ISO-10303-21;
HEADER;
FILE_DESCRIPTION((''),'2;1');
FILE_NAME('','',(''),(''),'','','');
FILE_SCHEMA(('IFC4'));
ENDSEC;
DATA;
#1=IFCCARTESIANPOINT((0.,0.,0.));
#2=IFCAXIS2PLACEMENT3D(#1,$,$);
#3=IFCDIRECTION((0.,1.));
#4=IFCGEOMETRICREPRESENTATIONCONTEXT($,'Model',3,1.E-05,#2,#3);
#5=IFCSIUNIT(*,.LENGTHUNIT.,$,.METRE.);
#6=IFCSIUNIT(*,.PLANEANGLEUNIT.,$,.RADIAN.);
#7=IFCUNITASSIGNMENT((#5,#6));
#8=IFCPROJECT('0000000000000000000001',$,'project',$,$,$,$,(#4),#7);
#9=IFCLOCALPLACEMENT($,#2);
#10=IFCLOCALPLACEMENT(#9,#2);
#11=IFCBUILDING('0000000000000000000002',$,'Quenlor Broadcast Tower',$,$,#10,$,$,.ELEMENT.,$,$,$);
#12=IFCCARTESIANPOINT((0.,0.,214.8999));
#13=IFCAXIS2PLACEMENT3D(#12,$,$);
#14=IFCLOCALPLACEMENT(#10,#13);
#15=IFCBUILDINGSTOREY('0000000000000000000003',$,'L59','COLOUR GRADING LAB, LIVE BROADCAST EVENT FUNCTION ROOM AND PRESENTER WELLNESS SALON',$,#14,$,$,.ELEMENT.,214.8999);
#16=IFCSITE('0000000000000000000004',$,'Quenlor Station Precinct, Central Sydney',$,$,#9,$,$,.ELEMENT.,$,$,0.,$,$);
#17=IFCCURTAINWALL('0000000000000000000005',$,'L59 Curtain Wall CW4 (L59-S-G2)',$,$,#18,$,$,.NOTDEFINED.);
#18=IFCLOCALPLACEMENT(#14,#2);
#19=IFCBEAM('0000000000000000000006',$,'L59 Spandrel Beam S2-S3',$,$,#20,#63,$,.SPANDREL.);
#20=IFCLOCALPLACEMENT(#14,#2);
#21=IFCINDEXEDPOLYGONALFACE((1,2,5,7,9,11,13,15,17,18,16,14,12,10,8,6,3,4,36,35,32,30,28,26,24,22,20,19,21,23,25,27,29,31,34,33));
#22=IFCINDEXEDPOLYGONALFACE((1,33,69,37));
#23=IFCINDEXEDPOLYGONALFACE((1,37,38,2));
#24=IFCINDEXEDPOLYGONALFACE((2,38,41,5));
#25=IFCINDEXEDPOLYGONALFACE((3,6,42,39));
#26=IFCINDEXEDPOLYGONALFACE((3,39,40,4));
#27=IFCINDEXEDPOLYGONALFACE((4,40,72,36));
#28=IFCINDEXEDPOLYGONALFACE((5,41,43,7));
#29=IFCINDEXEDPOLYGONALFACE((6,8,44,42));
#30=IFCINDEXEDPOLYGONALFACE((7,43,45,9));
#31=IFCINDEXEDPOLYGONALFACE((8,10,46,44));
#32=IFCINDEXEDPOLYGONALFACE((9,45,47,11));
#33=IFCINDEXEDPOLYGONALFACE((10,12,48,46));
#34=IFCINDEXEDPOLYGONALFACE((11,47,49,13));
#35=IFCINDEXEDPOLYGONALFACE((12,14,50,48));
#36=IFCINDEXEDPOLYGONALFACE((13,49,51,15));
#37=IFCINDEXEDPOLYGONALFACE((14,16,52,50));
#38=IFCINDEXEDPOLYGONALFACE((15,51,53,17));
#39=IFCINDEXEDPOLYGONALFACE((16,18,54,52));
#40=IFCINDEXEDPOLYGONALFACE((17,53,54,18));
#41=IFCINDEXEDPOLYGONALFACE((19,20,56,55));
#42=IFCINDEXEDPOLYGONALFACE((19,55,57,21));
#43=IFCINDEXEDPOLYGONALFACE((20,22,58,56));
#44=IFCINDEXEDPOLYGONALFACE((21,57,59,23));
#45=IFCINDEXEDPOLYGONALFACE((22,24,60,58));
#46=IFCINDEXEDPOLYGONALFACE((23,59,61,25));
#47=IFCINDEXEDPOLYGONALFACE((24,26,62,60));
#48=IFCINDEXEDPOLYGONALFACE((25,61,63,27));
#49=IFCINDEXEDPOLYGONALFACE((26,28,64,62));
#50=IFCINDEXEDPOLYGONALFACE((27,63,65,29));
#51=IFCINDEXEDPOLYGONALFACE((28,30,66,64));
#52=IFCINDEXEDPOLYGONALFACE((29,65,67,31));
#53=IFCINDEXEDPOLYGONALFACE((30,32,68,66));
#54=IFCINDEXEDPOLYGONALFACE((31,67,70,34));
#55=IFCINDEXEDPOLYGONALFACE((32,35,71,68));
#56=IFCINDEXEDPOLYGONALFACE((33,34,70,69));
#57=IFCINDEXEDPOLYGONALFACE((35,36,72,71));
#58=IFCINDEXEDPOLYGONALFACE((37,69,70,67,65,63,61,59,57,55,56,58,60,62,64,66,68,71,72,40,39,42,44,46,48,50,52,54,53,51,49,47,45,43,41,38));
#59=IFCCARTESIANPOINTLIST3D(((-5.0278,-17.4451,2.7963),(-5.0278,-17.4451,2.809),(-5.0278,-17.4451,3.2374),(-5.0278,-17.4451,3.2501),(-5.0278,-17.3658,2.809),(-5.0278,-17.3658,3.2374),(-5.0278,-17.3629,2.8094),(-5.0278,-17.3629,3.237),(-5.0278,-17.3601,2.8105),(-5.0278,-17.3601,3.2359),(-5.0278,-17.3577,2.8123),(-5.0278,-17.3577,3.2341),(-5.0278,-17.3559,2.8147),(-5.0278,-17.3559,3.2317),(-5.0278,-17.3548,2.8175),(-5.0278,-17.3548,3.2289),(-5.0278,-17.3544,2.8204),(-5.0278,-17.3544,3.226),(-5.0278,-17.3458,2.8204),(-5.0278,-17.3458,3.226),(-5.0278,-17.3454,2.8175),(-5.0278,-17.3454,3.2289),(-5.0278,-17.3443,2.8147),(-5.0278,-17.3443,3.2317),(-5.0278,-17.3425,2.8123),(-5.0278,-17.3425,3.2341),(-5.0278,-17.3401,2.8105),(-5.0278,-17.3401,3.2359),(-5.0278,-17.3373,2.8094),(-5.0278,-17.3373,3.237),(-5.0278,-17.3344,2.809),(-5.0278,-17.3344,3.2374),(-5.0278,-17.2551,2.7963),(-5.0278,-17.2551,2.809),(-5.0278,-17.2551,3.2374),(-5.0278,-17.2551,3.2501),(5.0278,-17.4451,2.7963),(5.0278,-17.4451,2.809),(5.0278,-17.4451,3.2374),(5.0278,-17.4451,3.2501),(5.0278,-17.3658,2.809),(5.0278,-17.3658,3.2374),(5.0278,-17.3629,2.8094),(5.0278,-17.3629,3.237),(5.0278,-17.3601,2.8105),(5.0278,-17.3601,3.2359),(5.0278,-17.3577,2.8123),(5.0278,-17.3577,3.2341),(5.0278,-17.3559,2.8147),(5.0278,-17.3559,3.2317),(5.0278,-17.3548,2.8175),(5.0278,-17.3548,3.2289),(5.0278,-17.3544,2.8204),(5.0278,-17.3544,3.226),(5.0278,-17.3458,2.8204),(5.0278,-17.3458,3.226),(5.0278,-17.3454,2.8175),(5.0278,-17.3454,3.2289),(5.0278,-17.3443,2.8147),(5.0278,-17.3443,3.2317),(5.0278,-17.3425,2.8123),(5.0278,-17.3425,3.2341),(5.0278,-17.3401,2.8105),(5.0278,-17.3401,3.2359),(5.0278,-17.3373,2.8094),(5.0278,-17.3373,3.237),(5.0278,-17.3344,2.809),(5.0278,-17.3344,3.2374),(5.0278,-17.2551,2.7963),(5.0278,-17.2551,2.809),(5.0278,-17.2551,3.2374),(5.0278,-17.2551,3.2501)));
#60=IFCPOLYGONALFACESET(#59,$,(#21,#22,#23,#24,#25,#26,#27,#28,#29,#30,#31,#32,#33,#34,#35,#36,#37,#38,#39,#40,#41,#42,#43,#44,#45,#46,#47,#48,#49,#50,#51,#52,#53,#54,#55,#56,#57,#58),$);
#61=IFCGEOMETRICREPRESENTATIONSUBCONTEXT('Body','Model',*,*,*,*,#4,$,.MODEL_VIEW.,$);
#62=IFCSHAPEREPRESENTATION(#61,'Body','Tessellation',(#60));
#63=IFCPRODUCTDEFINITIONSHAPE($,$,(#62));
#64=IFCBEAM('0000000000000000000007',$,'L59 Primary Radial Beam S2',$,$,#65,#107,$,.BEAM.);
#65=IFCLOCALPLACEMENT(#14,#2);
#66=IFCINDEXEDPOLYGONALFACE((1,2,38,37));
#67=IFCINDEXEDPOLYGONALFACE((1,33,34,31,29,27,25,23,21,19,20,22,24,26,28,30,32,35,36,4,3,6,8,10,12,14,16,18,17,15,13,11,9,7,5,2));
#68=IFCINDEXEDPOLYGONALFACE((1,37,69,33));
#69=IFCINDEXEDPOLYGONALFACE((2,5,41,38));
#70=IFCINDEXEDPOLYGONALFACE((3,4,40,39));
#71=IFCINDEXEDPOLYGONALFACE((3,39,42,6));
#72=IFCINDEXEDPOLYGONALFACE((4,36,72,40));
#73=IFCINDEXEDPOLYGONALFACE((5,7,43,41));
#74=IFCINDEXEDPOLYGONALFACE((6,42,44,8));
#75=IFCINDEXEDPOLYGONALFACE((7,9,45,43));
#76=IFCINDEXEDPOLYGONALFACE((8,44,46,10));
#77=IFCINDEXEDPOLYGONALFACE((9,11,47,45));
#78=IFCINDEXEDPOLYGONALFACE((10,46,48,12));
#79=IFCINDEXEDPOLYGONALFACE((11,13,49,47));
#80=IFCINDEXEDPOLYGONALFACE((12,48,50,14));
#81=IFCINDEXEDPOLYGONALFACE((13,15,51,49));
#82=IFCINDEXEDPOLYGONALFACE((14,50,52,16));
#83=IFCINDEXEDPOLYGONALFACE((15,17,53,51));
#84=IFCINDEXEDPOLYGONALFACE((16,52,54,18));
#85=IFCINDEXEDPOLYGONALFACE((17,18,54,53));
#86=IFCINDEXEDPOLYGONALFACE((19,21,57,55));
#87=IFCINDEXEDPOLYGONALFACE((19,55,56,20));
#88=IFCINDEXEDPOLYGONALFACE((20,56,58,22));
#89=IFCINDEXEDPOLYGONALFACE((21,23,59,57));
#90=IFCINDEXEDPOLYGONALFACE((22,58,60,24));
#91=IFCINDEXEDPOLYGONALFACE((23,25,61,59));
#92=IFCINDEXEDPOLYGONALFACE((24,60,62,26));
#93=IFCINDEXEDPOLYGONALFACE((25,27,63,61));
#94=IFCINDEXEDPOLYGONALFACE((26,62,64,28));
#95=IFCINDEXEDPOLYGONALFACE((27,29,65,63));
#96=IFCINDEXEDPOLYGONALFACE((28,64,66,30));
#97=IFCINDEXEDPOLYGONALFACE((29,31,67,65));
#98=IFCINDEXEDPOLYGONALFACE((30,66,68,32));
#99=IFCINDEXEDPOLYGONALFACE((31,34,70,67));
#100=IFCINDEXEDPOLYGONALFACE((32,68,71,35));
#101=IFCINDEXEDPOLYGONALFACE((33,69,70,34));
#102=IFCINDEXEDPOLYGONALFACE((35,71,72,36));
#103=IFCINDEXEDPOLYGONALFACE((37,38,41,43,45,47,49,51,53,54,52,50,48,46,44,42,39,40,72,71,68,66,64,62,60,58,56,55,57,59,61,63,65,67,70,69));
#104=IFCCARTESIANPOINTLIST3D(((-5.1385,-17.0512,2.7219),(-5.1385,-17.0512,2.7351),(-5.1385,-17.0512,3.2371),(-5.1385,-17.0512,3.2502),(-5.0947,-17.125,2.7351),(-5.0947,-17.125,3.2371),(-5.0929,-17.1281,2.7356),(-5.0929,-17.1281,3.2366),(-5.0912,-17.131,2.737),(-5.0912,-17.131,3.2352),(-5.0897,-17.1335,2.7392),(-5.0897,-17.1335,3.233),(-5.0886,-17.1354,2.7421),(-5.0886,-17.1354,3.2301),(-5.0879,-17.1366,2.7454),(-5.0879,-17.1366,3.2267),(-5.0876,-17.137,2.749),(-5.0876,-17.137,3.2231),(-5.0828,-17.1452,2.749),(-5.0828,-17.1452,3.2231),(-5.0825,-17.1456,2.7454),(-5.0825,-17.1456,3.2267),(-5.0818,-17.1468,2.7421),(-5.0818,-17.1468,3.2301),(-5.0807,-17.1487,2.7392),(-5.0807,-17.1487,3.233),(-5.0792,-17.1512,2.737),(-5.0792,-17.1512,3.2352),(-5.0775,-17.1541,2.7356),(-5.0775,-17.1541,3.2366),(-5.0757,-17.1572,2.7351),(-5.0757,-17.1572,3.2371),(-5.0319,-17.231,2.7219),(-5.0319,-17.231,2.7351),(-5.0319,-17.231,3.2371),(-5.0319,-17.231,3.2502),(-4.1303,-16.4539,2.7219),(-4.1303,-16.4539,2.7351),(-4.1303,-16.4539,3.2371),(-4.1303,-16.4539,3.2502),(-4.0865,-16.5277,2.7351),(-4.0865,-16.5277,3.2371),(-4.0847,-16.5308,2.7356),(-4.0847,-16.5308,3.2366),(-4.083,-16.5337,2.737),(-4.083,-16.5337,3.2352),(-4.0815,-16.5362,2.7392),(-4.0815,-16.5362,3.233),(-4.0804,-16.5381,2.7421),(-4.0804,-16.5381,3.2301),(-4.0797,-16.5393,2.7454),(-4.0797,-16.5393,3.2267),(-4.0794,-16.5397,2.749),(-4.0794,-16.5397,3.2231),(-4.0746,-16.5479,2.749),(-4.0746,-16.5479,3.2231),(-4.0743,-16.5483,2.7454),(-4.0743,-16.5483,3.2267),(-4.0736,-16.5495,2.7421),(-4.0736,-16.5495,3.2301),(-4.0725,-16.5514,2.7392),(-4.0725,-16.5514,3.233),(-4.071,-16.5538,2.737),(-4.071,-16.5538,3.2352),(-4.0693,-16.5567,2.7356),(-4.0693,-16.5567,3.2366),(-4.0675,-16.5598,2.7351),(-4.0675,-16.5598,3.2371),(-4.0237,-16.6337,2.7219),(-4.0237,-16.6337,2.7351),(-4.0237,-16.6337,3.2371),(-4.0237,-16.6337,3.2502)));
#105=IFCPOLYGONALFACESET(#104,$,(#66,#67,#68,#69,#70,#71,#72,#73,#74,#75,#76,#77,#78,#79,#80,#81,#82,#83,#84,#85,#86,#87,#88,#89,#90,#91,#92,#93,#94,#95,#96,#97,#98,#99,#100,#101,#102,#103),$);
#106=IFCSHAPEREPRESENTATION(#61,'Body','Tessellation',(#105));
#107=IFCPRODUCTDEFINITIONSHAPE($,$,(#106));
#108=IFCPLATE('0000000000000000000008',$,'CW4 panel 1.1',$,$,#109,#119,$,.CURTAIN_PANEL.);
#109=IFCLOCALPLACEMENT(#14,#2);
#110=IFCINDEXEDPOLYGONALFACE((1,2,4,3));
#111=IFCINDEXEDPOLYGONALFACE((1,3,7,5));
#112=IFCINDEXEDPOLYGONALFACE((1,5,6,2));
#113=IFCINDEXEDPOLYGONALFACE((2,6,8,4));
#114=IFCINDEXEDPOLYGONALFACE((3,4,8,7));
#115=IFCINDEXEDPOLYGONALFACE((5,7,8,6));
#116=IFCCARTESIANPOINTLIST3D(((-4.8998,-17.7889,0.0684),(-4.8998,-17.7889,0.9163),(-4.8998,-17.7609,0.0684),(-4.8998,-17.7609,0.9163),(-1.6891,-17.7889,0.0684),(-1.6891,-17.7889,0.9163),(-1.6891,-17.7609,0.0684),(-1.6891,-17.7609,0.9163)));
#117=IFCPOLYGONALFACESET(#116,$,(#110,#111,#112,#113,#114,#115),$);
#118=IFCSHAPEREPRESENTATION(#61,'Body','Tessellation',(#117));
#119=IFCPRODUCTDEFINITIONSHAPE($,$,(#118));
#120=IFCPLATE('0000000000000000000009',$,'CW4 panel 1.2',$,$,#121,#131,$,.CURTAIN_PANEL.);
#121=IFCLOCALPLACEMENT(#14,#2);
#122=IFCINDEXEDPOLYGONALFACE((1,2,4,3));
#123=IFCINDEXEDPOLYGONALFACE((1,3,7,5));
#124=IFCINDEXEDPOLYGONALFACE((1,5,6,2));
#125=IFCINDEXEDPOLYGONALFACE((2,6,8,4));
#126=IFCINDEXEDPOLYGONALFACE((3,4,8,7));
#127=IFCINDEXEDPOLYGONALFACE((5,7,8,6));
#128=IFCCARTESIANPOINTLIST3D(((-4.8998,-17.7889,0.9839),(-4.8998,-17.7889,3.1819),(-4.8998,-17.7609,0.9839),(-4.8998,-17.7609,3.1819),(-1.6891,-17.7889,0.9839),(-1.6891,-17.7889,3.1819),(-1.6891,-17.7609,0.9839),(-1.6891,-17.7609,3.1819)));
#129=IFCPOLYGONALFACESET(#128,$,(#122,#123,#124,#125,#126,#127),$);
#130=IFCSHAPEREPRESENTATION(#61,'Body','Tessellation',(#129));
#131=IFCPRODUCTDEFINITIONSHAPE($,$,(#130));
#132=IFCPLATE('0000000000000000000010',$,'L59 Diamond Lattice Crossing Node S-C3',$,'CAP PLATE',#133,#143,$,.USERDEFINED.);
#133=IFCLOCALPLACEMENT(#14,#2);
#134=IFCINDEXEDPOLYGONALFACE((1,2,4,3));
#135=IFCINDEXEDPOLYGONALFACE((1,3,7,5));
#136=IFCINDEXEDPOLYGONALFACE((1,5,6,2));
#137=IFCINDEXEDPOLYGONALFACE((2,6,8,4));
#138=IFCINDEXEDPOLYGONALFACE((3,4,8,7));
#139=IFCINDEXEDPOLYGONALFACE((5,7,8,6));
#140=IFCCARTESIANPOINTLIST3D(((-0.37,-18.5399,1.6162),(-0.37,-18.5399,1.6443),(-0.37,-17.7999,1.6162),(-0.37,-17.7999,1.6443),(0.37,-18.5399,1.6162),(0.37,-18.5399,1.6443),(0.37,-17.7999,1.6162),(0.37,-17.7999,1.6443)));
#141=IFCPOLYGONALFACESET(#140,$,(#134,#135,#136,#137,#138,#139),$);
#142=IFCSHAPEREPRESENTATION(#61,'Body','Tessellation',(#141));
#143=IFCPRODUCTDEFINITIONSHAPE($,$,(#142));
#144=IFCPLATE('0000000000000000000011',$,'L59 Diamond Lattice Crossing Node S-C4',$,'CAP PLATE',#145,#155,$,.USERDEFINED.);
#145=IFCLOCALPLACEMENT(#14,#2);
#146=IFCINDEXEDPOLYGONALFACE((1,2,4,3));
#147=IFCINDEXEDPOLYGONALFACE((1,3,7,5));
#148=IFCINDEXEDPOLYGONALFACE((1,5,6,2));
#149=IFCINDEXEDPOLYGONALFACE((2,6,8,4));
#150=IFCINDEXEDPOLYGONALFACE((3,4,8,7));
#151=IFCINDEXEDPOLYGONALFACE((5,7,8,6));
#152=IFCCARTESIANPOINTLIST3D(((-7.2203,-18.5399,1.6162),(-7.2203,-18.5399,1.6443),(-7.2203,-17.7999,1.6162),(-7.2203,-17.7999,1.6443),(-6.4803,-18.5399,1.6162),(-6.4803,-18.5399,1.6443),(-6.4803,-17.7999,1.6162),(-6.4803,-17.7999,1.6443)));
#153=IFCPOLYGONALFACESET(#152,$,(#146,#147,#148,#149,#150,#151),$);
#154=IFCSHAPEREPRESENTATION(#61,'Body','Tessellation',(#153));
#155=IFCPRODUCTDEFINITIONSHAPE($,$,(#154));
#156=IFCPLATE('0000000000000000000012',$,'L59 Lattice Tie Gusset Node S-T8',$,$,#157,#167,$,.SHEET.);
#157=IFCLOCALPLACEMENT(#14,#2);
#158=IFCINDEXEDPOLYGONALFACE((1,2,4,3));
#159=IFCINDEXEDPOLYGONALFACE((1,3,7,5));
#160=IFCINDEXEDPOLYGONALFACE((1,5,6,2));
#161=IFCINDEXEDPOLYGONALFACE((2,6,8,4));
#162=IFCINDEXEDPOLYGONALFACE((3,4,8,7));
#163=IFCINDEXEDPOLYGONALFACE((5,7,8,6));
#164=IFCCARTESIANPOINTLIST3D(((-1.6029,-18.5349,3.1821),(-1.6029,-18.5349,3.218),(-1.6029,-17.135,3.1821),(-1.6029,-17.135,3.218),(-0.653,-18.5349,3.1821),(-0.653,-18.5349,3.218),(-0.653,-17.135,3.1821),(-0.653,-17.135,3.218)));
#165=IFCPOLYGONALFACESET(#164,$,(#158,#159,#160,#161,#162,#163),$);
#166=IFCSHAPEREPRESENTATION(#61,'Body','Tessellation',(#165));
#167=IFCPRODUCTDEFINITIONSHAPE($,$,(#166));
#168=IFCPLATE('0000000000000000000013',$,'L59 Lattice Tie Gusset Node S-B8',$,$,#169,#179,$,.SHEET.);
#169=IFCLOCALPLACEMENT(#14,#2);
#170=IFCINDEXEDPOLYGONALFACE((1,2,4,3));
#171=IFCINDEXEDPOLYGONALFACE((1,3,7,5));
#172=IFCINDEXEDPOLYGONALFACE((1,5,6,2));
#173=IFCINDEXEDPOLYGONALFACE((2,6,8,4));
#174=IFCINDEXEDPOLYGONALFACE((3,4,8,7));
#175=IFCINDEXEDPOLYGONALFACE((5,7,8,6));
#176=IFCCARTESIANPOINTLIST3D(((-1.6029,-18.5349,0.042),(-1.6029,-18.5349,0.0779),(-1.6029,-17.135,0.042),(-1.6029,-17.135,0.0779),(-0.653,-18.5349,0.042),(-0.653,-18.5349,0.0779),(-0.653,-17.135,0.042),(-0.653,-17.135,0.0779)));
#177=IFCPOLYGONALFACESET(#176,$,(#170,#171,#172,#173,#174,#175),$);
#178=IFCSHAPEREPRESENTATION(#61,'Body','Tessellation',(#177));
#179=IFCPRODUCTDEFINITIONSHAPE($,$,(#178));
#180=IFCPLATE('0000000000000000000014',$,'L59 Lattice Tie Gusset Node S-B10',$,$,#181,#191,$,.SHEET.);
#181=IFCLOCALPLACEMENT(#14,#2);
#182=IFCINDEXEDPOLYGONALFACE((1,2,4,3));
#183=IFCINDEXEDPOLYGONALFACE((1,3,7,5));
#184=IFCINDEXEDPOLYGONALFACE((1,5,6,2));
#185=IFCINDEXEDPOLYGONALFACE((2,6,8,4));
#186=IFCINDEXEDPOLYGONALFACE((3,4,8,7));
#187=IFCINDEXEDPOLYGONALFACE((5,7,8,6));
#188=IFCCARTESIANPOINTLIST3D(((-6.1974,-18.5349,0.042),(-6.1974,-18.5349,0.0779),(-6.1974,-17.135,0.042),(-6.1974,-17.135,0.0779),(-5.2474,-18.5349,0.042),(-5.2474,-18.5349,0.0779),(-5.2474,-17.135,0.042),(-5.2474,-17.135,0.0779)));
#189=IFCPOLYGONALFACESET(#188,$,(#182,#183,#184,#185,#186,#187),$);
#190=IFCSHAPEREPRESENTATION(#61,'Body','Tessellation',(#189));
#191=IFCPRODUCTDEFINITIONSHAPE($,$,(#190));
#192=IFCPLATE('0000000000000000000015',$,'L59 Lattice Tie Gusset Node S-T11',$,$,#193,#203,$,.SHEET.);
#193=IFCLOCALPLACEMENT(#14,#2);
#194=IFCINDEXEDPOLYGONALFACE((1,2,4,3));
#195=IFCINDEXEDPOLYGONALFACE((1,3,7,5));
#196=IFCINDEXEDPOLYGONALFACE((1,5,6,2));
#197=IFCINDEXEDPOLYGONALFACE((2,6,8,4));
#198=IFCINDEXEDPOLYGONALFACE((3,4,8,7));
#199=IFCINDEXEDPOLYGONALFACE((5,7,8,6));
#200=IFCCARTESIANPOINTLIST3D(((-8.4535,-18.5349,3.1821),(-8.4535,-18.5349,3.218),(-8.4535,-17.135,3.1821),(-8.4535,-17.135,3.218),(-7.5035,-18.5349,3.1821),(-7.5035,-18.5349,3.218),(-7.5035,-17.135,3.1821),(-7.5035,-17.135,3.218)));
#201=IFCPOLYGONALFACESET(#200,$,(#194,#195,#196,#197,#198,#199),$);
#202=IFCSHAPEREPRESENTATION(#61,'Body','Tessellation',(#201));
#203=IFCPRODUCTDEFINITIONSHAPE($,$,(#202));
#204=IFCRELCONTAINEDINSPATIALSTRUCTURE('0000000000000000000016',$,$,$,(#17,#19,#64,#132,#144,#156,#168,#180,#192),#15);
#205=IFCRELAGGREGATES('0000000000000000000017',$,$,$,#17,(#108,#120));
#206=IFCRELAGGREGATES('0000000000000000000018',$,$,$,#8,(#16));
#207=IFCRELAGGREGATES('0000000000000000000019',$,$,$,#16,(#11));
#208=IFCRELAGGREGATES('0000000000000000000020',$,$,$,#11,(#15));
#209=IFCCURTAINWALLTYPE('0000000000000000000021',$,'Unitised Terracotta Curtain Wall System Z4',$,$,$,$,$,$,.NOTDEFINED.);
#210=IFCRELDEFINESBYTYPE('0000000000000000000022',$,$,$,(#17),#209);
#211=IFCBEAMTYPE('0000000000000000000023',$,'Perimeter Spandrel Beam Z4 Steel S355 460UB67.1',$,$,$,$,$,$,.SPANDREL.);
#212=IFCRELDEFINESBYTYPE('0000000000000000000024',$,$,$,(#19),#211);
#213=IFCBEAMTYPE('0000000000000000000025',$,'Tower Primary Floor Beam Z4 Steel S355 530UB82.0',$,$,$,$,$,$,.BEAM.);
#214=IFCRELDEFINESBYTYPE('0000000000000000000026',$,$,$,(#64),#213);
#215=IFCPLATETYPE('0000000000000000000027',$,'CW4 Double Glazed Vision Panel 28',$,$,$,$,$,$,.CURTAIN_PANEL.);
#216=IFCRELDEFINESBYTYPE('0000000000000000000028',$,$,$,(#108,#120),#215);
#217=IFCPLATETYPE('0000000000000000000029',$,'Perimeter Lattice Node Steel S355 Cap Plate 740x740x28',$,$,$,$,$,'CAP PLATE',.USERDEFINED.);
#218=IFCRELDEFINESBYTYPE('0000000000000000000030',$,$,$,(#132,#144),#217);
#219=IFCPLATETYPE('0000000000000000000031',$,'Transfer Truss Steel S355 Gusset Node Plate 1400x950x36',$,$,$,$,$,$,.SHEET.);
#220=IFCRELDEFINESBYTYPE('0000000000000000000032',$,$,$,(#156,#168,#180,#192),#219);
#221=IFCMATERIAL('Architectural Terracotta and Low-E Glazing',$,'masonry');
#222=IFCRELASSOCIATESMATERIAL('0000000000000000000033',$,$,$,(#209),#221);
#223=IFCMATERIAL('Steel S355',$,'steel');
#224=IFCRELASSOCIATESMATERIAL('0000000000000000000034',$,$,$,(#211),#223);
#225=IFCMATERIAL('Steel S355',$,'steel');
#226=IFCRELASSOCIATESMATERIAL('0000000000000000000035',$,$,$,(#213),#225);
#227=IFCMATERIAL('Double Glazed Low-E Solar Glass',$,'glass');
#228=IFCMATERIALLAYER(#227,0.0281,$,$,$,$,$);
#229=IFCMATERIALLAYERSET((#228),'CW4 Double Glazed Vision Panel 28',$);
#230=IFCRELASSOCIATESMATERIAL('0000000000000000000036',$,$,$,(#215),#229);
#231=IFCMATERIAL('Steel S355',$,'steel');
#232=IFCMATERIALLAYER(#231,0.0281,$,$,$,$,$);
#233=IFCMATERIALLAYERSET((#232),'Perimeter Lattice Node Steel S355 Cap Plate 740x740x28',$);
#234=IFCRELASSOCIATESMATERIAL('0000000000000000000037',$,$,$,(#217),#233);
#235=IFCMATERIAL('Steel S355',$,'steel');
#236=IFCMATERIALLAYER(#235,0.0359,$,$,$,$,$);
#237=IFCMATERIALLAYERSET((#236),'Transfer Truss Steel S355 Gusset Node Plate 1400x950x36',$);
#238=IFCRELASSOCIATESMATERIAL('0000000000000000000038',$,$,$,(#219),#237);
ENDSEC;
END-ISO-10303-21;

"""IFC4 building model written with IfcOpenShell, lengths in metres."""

from ifc_helpers import new_model, si_unit, direction, frame, origin, origin_2d, place, context, subcontext, project, spatial, rectangle, i_section, extrude, material, layer, layer_set, material_profile, profile_set, type_object, element, aggregate, save


model = new_model("IFC4")

# Units and contexts
model_context = context("Model", 3, precision=1e-05, world=origin(), true_north=direction((0.0, 1.0)))
body_context = subcontext(model_context, "Body", "Model", "MODEL_VIEW")
ifc_project = project(units=[si_unit("LENGTHUNIT", "METRE"), si_unit("PLANEANGLEUNIT", "RADIAN")], contexts=[model_context])

# Site, building, storey
site_placement = place(None, origin())
site = spatial("IfcSite", under=ifc_project, at=site_placement, Name="Quenlor Station Precinct, Central Sydney", CompositionType="ELEMENT", RefElevation=0.0)
building_placement = place(site_placement, origin())
building = spatial("IfcBuilding", under=site, at=building_placement, Name="Quenlor Broadcast Tower", CompositionType="ELEMENT")
storey_placement = place(building_placement, frame((0.0, 0.0, 214.8999)))
storey = spatial("IfcBuildingStorey", under=building, at=storey_placement, Name="L59", Description="COLOUR GRADING LAB, LIVE BROADCAST EVENT FUNCTION ROOM AND PRESENTER WELLNESS SALON", CompositionType="ELEMENT", Elevation=214.8999)

# Curtain wall
ifc_material_1 = material(Name="Architectural Terracotta and Low-E Glazing", Category="masonry")
curtain_wall_type = type_object("IfcCurtainWallType", Name="Unitised Terracotta Curtain Wall System Z4", PredefinedType="NOTDEFINED", material=ifc_material_1)
curtain_wall_placement = place(storey_placement, origin())
curtain_wall = element("IfcCurtainWall", 1, at=curtain_wall_placement, inside=storey, type_object=curtain_wall_type, Name="L59 Curtain Wall CW4 (L59-S-G2)", PredefinedType="NOTDEFINED")

# Beams
ifc_material_2 = material(Name="Steel S355", Category="steel")
ifc_material_profile_1 = material_profile(ifc_material_2, i_section(OverallWidth=0.1899, OverallDepth=0.4539, WebThickness=0.0085, FlangeThickness=0.0127, FilletRadius=0.0115, at=origin_2d()))
ifc_profile_set_1 = profile_set([ifc_material_profile_1], Name="Steel S355 460UB67.1")
beam_type_1 = type_object("IfcBeamType", Name="Perimeter Spandrel Beam Z4 Steel S355 460UB67.1", PredefinedType="SPANDREL", material=ifc_profile_set_1)
beam_1_placement = place(storey_placement, frame((-5.0278, -17.3501, 3.0232), z_axis=(1.0, 0.0, 0.0), x_axis=(0.0, 1.0, 0.0)))
element("IfcBeam", 2, at=beam_1_placement, inside=storey, type_object=beam_type_1, Name="L59 Spandrel Beam S2-S3", PredefinedType="SPANDREL", context=body_context, shape_type="SweptSolid", body=[
    extrude(i_section(OverallWidth=0.1899, OverallDepth=0.4539, WebThickness=0.0085, FlangeThickness=0.0127, FilletRadius=0.0115, at=origin_2d()), origin(), (0.0, 0.0, 1.0), 10.0557),
])
ifc_material_3 = material(Name="Steel S355", Category="steel")
ifc_material_profile_2 = material_profile(ifc_material_3, i_section(OverallWidth=0.209, OverallDepth=0.5283, WebThickness=0.0095, FlangeThickness=0.0132, FilletRadius=0.0139, at=origin_2d()))
ifc_profile_set_2 = profile_set([ifc_material_profile_2], Name="Steel S355 530UB82.0")
beam_type_2 = type_object("IfcBeamType", Name="Tower Primary Floor Beam Z4 Steel S355 530UB82.0", PredefinedType="BEAM", material=ifc_profile_set_2)
beam_2_placement = place(storey_placement, frame((-5.0852, -17.1411, 2.9861), z_axis=(0.860329, 0.50974, 0.0), x_axis=(-0.50974, 0.860329, 0.0)))
element("IfcBeam", 3, at=beam_2_placement, inside=storey, type_object=beam_type_2, Name="L59 Primary Radial Beam S2", PredefinedType="BEAM", context=body_context, shape_type="SweptSolid", body=[
    extrude(i_section(OverallWidth=0.209, OverallDepth=0.5283, WebThickness=0.0095, FlangeThickness=0.0132, FilletRadius=0.0139, at=origin_2d()), origin(), (0.0, 0.0, 1.0), 1.1719),
])

# Plates
ifc_material_4 = material(Name="Double Glazed Low-E Solar Glass", Category="glass")
ifc_layer_1 = layer(ifc_material_4, 0.0281)
ifc_layer_set_1 = layer_set([ifc_layer_1], Name="CW4 Double Glazed Vision Panel 28")
plate_type_1 = type_object("IfcPlateType", Name="CW4 Double Glazed Vision Panel 28", PredefinedType="CURTAIN_PANEL", material=ifc_layer_set_1)
plate_1_placement = place(storey_placement, frame((-3.2944, -17.7749, 0.0684), z_axis=(0.0, 0.0, 1.0), x_axis=(-1.0, 0.0, 0.0)))
plate_1 = element("IfcPlate", 4, at=plate_1_placement, type_object=plate_type_1, Name="CW4 panel 1.1", PredefinedType="CURTAIN_PANEL", context=body_context, shape_type="SweptSolid", body=[
    extrude(rectangle(XDim=3.2107, YDim=0.0281, at=origin_2d()), origin(), (0.0, 0.0, 1.0), 0.8479),
])
plate_2_placement = place(storey_placement, frame((-3.2944, -17.7749, 0.9839), z_axis=(0.0, 0.0, 1.0), x_axis=(-1.0, 0.0, 0.0)))
plate_2 = element("IfcPlate", 5, at=plate_2_placement, type_object=plate_type_1, Name="CW4 panel 1.2", PredefinedType="CURTAIN_PANEL", context=body_context, shape_type="SweptSolid", body=[
    extrude(rectangle(XDim=3.2107, YDim=0.0281, at=origin_2d()), origin(), (0.0, 0.0, 1.0), 2.198),
])
aggregate(curtain_wall, [plate_1, plate_2])

# Plates
ifc_material_5 = material(Name="Steel S355", Category="steel")
ifc_layer_2 = layer(ifc_material_5, 0.0281)
ifc_layer_set_2 = layer_set([ifc_layer_2], Name="Perimeter Lattice Node Steel S355 Cap Plate 740x740x28")
plate_type_2 = type_object("IfcPlateType", Name="Perimeter Lattice Node Steel S355 Cap Plate 740x740x28", ElementType="CAP PLATE", PredefinedType="USERDEFINED", material=ifc_layer_set_2)
for number, where, z_axis, x_axis, name in (
    (6, (0.0, -18.1699, 1.6162), (0.0, 0.0, 1.0), (-1.0, 0.0, 0.0), "L59 Diamond Lattice Crossing Node S-C3"),
    (7, (-6.8503, -18.1699, 1.6162), (0.0, 0.0, 1.0), (-1.0, 0.0, 0.0), "L59 Diamond Lattice Crossing Node S-C4"),
):
    element("IfcPlate", number, at=place(storey_placement, frame(where, z_axis=z_axis, x_axis=x_axis)), inside=storey, type_object=plate_type_2, Name=name, ObjectType="CAP PLATE", PredefinedType="USERDEFINED", context=body_context, shape_type="SweptSolid", body=[
        extrude(rectangle(XDim=0.74, YDim=0.74, at=origin_2d()), origin(), (0.0, 0.0, 1.0), 0.0281),
    ])
ifc_material_6 = material(Name="Steel S355", Category="steel")
ifc_layer_3 = layer(ifc_material_6, 0.0359)
ifc_layer_set_3 = layer_set([ifc_layer_3], Name="Transfer Truss Steel S355 Gusset Node Plate 1400x950x36")
plate_type_3 = type_object("IfcPlateType", Name="Transfer Truss Steel S355 Gusset Node Plate 1400x950x36", PredefinedType="SHEET", material=ifc_layer_set_3)
for number, where, z_axis, x_axis, name in (
    (8, (-1.1279, -17.835, 3.1821), (0.0, 0.0, 1.0), (0.0, -1.0, 0.0), "L59 Lattice Tie Gusset Node S-T8"),
    (9, (-1.1279, -17.835, 0.042), (0.0, 0.0, 1.0), (0.0, -1.0, 0.0), "L59 Lattice Tie Gusset Node S-B8"),
    (10, (-5.7224, -17.835, 0.042), (0.0, 0.0, 1.0), (0.0, -1.0, 0.0), "L59 Lattice Tie Gusset Node S-B10"),
    (11, (-7.9785, -17.835, 3.1821), (0.0, 0.0, 1.0), (0.0, -1.0, 0.0), "L59 Lattice Tie Gusset Node S-T11"),
):
    element("IfcPlate", number, at=place(storey_placement, frame(where, z_axis=z_axis, x_axis=x_axis)), inside=storey, type_object=plate_type_3, Name=name, PredefinedType="SHEET", context=body_context, shape_type="SweptSolid", body=[
        extrude(rectangle(XDim=1.3999, YDim=0.95, at=origin_2d()), origin(), (0.0, 0.0, 1.0), 0.0359),
    ])

save(model, "model.ifc")
